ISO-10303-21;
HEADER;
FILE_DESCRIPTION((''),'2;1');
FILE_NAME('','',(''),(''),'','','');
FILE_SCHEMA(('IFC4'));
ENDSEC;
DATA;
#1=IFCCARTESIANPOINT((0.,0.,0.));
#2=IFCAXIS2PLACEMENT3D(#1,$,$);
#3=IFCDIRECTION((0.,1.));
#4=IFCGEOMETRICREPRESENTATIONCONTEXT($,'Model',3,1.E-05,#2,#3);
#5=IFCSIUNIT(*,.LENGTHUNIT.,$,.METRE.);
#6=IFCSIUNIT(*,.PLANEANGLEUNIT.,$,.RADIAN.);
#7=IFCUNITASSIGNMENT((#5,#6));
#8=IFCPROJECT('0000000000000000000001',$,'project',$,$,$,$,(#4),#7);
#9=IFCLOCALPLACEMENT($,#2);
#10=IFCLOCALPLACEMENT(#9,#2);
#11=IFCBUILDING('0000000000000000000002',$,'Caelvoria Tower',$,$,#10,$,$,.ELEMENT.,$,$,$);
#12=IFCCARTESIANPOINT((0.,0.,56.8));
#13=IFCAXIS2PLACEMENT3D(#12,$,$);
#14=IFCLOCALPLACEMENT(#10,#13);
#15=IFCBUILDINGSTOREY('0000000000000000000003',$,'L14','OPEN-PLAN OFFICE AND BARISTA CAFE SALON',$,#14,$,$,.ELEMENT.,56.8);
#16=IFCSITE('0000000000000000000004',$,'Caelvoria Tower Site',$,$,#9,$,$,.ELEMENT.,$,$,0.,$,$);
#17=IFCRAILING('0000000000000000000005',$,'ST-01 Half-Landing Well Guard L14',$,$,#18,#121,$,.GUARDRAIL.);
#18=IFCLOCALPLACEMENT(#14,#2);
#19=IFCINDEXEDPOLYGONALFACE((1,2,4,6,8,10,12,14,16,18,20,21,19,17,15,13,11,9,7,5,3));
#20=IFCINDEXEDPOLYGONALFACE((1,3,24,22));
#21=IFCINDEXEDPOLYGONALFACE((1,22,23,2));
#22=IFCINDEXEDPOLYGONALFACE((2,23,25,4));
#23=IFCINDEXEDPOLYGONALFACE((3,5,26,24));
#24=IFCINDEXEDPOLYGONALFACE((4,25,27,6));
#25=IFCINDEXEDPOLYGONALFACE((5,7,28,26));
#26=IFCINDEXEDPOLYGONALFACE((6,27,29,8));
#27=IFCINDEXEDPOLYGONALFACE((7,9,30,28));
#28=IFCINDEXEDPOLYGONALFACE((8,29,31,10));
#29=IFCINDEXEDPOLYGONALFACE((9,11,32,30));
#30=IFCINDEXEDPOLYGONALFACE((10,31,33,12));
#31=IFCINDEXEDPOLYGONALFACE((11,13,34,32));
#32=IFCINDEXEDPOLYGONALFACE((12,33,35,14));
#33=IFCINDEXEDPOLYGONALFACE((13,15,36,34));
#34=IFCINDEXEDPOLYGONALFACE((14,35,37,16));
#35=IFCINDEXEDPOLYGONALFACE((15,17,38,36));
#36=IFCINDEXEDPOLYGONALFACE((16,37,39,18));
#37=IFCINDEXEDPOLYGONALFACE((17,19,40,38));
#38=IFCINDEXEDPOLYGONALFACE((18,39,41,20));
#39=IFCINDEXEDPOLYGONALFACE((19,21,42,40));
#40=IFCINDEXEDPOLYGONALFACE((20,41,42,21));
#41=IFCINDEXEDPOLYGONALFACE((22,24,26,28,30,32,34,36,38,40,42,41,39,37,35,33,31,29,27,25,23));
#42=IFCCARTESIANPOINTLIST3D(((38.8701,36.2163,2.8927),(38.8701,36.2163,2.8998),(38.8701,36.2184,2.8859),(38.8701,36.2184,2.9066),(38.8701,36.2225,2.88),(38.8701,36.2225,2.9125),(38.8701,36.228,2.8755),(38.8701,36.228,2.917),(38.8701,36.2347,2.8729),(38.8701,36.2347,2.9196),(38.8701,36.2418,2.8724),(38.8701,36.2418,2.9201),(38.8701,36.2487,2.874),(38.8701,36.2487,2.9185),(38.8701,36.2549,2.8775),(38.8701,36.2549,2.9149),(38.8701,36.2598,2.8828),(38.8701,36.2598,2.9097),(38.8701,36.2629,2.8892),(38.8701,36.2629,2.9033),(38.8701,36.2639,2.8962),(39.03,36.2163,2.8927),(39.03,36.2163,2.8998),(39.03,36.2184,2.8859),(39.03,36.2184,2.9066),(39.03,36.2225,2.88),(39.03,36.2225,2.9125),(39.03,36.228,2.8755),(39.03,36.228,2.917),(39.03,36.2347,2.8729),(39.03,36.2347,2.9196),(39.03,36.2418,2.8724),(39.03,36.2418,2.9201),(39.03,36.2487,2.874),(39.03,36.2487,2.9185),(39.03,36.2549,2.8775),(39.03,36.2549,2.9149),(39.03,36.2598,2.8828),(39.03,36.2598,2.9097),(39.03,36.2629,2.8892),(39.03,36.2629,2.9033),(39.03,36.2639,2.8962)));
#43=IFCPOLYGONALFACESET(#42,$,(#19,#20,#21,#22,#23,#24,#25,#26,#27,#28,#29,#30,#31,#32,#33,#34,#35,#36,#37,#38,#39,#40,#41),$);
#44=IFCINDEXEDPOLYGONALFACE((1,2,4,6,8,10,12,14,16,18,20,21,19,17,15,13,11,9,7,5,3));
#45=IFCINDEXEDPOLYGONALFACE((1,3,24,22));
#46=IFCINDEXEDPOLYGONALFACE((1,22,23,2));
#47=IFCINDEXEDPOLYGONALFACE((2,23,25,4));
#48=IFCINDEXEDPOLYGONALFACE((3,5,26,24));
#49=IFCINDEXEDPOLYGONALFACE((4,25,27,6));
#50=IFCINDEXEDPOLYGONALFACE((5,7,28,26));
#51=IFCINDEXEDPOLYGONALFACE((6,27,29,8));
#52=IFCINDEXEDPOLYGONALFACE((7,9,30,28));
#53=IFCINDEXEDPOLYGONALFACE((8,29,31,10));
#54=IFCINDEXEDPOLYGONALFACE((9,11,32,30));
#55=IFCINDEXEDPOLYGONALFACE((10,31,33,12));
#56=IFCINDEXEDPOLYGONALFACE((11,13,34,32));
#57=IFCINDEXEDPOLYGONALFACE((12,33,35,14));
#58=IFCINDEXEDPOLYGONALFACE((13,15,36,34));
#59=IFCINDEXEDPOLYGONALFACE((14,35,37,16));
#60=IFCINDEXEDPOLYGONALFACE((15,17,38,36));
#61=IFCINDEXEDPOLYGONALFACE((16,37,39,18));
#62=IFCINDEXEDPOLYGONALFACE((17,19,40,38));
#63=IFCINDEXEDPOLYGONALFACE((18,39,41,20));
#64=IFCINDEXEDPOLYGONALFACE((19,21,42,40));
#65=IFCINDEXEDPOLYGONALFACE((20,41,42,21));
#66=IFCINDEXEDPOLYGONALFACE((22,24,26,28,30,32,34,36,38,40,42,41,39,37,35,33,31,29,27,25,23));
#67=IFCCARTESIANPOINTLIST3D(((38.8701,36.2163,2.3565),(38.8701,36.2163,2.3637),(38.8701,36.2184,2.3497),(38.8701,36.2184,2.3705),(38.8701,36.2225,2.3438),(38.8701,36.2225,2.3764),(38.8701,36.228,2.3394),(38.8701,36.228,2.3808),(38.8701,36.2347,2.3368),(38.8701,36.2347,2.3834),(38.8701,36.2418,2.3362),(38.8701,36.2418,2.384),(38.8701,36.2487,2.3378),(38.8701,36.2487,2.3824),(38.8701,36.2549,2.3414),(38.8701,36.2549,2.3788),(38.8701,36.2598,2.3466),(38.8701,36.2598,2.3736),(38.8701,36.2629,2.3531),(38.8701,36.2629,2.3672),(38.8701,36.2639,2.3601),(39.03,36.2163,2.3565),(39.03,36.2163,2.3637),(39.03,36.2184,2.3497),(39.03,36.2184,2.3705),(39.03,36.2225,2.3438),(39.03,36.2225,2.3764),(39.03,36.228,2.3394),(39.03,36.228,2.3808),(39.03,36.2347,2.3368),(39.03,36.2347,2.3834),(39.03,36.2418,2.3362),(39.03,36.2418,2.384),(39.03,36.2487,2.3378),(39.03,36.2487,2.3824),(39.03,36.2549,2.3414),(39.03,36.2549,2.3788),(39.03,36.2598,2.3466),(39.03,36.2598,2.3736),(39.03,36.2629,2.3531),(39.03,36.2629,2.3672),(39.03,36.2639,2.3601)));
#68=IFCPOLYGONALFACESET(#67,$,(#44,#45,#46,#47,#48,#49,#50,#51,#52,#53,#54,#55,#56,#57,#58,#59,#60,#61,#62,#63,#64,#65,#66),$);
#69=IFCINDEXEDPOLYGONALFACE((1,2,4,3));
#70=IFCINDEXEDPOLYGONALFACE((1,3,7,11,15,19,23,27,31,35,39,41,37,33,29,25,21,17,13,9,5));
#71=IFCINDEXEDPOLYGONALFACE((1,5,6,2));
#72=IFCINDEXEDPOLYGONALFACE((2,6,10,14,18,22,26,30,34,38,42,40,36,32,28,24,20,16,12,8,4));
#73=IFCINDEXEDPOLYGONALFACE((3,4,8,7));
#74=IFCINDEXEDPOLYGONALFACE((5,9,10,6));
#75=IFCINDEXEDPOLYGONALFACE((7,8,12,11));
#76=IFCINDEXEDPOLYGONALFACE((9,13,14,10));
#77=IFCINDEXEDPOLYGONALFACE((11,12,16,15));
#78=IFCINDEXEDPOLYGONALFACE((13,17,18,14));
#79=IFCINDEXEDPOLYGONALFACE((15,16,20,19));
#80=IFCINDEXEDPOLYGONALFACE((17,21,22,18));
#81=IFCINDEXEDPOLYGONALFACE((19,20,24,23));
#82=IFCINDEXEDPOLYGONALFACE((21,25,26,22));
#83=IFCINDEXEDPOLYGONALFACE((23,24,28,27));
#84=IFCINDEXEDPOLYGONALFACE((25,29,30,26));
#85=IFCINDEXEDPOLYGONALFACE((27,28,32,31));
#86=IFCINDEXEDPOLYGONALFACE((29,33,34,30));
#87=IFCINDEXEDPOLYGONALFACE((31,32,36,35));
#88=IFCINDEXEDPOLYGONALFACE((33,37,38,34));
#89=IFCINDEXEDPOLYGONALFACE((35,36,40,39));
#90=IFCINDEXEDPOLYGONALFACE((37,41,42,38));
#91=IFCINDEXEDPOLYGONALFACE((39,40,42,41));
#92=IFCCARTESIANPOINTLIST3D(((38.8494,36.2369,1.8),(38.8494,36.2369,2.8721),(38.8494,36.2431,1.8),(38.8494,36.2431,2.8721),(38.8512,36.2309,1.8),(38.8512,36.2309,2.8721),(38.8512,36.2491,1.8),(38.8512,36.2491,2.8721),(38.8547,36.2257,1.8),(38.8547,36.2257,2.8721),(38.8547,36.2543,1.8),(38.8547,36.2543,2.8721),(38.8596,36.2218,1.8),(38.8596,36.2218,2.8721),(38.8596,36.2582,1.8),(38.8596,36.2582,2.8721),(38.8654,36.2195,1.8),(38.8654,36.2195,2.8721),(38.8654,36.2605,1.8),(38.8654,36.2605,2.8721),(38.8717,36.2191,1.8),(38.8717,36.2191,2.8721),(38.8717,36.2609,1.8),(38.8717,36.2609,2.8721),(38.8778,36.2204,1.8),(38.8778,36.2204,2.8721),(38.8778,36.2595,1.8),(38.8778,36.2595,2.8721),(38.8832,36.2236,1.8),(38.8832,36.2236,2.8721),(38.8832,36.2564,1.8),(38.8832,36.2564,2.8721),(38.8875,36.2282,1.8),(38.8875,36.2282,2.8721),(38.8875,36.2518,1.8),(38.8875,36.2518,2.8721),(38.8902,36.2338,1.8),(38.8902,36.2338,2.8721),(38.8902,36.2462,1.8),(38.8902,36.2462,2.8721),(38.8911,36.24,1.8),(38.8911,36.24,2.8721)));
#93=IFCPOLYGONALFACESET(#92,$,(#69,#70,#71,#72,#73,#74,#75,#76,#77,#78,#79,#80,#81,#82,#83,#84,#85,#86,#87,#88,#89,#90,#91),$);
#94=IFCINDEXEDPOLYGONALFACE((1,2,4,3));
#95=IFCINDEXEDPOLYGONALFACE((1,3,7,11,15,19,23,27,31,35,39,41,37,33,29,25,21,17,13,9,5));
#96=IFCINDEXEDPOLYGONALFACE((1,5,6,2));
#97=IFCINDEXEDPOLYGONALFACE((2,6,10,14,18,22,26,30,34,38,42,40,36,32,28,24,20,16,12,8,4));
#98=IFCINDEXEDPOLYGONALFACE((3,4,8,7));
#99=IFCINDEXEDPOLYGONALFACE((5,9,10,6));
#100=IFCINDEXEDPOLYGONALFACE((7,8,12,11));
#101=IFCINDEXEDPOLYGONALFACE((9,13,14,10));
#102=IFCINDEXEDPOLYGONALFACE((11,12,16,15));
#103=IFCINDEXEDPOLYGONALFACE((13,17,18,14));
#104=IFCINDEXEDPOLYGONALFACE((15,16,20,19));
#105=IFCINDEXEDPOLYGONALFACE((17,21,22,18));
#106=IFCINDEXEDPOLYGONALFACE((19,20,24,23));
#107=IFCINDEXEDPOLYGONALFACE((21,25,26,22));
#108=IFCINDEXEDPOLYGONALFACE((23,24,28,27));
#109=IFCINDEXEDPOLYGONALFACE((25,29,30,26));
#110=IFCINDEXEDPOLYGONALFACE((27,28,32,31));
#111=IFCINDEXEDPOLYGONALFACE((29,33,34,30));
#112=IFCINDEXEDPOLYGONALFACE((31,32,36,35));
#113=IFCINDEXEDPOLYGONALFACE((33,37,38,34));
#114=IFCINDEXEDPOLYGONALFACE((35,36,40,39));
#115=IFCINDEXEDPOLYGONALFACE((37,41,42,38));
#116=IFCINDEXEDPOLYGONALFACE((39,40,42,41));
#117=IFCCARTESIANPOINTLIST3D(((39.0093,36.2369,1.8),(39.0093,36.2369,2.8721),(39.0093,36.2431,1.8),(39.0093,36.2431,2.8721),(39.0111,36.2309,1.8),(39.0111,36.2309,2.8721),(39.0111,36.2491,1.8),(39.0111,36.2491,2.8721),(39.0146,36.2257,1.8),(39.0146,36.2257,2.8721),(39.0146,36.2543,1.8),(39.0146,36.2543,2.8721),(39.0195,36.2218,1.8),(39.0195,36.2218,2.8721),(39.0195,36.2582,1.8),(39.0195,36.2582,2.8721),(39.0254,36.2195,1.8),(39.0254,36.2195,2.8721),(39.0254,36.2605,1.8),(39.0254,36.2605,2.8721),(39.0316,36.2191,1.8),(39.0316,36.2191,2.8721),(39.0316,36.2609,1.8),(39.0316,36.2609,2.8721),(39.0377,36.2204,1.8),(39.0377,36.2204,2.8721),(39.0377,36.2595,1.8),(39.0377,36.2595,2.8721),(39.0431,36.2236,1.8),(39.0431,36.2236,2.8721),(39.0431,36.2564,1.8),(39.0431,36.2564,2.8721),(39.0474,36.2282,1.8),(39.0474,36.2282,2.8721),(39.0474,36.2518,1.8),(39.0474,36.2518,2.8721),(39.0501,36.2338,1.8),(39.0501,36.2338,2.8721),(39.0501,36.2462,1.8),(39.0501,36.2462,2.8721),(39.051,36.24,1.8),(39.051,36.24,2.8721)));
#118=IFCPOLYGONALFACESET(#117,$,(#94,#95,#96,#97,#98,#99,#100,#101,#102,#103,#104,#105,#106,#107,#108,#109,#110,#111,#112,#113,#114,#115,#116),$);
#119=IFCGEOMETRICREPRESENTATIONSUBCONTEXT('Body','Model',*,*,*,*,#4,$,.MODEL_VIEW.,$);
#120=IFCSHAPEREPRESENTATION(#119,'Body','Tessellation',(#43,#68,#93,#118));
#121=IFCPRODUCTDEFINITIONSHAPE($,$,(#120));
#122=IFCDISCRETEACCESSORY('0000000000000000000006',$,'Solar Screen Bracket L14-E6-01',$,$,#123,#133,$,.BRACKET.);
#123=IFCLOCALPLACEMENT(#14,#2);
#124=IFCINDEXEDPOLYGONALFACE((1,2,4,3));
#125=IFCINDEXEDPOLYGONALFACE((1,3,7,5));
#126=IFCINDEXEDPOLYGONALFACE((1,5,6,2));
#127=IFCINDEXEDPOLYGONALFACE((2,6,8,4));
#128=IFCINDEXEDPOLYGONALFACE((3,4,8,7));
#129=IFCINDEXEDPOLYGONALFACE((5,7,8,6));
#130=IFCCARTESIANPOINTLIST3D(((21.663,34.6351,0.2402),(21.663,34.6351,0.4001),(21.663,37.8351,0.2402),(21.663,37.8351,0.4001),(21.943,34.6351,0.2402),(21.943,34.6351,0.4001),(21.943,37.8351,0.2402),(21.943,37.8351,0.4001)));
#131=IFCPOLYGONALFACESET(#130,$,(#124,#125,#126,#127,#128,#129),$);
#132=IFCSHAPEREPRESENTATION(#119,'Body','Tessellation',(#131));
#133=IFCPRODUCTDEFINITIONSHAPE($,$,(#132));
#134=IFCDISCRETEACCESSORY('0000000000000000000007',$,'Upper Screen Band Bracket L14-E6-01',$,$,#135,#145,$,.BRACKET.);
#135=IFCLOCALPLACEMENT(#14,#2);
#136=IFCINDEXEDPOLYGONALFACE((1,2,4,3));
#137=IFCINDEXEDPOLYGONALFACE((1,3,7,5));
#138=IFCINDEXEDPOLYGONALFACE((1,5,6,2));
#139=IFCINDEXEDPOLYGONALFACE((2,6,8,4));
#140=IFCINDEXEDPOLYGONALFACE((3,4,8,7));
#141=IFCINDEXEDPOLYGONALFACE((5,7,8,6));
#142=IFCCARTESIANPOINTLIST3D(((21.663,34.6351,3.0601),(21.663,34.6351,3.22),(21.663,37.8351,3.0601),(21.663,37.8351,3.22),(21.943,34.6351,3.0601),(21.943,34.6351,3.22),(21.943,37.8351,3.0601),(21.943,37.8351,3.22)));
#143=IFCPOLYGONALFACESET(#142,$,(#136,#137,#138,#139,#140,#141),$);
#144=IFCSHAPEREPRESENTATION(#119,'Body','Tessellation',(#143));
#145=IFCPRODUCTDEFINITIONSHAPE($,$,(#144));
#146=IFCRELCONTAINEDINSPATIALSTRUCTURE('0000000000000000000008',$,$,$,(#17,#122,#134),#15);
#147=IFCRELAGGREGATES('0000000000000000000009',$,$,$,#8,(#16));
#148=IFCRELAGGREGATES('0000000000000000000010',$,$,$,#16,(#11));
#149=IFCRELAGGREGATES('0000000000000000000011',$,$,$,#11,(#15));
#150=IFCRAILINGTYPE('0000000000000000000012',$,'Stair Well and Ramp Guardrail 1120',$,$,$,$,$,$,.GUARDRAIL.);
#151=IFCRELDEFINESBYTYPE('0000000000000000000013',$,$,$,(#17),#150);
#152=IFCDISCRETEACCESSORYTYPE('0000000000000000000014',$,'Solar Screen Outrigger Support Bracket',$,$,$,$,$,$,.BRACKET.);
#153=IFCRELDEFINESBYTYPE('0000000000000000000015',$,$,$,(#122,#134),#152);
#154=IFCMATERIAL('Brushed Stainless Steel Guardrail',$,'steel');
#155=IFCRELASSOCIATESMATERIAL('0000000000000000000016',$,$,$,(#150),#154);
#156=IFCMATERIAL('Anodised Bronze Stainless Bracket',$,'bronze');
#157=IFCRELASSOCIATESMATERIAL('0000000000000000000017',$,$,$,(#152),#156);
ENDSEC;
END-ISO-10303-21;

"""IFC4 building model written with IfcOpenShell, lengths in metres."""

from ifc_helpers import new_model, si_unit, direction, frame, origin, origin_2d, place, context, subcontext, project, spatial, rectangle, circle, extrude, material, type_object, element, save


model = new_model("IFC4")

# Units and contexts
model_context = context("Model", 3, precision=1e-05, world=origin(), true_north=direction((0.0, 1.0)))
body_context = subcontext(model_context, "Body", "Model", "MODEL_VIEW")
ifc_project = project(units=[si_unit("LENGTHUNIT", "METRE"), si_unit("PLANEANGLEUNIT", "RADIAN")], contexts=[model_context])

# Site, building, storey
site_placement = place(None, origin())
site = spatial("IfcSite", under=ifc_project, at=site_placement, Name="Caelvoria Tower Site", CompositionType="ELEMENT", RefElevation=0.0)
building_placement = place(site_placement, origin())
building = spatial("IfcBuilding", under=site, at=building_placement, Name="Caelvoria Tower", CompositionType="ELEMENT")
storey_placement = place(building_placement, frame((0.0, 0.0, 56.8)))
storey = spatial("IfcBuildingStorey", under=building, at=storey_placement, Name="L14", Description="OPEN-PLAN OFFICE AND BARISTA CAFE SALON", CompositionType="ELEMENT", Elevation=56.8)

# Railing
ifc_material_1 = material(Name="Brushed Stainless Steel Guardrail", Category="steel")
railing_type_1 = type_object("IfcRailingType", Name="Stair Well and Ramp Guardrail 1120", PredefinedType="GUARDRAIL", material=ifc_material_1)
railing_1_placement = place(storey_placement, frame((38.8701, 36.24, 1.8)))
element("IfcRailing", 1, at=railing_1_placement, inside=storey, type_object=railing_type_1, Name="ST-01 Half-Landing Well Guard L14", PredefinedType="GUARDRAIL", context=body_context, shape_type="SweptSolid", body=[
    extrude(circle(Radius=0.0239, at=origin_2d()), frame((0.0, 0.0, 1.0962), z_axis=(1.0, 0.0, 0.0), x_axis=(0.0, 1.0, 0.0)), (0.0, 0.0, 1.0), 0.1599),
    extrude(circle(Radius=0.0239, at=origin_2d()), frame((0.0, 0.0, 0.5601), z_axis=(1.0, 0.0, 0.0), x_axis=(0.0, 1.0, 0.0)), (0.0, 0.0, 1.0), 0.1599),
    extrude(circle(Radius=0.021, at=origin_2d()), origin(), (0.0, 0.0, 1.0), 1.072),
    extrude(circle(Radius=0.021, at=origin_2d()), frame((0.1599, 0.0, 0.0)), (0.0, 0.0, 1.0), 1.072),
])

# Discrete accessories
ifc_material_2 = material(Name="Anodised Bronze Stainless Bracket", Category="bronze")
discrete_accessory_type = type_object("IfcDiscreteAccessoryType", Name="Solar Screen Outrigger Support Bracket", PredefinedType="BRACKET", material=ifc_material_2)
for number, where, z_axis, x_axis, name in (
    (2, (21.803, 36.2351, 0.2402), (0.0, 0.0, 1.0), (0.0, -1.0, 0.0), "Solar Screen Bracket L14-E6-01"),
    (3, (21.803, 36.2351, 3.0601), (0.0, 0.0, 1.0), (0.0, -1.0, 0.0), "Upper Screen Band Bracket L14-E6-01"),
):
    element("IfcDiscreteAccessory", number, at=place(storey_placement, frame(where, z_axis=z_axis, x_axis=x_axis)), inside=storey, type_object=discrete_accessory_type, Name=name, PredefinedType="BRACKET", context=body_context, shape_type="SweptSolid", body=[
        extrude(rectangle(XDim=3.2, YDim=0.28, at=origin_2d()), origin(), (0.0, 0.0, 1.0), 0.1599),
    ])

save(model, "model.ifc")
